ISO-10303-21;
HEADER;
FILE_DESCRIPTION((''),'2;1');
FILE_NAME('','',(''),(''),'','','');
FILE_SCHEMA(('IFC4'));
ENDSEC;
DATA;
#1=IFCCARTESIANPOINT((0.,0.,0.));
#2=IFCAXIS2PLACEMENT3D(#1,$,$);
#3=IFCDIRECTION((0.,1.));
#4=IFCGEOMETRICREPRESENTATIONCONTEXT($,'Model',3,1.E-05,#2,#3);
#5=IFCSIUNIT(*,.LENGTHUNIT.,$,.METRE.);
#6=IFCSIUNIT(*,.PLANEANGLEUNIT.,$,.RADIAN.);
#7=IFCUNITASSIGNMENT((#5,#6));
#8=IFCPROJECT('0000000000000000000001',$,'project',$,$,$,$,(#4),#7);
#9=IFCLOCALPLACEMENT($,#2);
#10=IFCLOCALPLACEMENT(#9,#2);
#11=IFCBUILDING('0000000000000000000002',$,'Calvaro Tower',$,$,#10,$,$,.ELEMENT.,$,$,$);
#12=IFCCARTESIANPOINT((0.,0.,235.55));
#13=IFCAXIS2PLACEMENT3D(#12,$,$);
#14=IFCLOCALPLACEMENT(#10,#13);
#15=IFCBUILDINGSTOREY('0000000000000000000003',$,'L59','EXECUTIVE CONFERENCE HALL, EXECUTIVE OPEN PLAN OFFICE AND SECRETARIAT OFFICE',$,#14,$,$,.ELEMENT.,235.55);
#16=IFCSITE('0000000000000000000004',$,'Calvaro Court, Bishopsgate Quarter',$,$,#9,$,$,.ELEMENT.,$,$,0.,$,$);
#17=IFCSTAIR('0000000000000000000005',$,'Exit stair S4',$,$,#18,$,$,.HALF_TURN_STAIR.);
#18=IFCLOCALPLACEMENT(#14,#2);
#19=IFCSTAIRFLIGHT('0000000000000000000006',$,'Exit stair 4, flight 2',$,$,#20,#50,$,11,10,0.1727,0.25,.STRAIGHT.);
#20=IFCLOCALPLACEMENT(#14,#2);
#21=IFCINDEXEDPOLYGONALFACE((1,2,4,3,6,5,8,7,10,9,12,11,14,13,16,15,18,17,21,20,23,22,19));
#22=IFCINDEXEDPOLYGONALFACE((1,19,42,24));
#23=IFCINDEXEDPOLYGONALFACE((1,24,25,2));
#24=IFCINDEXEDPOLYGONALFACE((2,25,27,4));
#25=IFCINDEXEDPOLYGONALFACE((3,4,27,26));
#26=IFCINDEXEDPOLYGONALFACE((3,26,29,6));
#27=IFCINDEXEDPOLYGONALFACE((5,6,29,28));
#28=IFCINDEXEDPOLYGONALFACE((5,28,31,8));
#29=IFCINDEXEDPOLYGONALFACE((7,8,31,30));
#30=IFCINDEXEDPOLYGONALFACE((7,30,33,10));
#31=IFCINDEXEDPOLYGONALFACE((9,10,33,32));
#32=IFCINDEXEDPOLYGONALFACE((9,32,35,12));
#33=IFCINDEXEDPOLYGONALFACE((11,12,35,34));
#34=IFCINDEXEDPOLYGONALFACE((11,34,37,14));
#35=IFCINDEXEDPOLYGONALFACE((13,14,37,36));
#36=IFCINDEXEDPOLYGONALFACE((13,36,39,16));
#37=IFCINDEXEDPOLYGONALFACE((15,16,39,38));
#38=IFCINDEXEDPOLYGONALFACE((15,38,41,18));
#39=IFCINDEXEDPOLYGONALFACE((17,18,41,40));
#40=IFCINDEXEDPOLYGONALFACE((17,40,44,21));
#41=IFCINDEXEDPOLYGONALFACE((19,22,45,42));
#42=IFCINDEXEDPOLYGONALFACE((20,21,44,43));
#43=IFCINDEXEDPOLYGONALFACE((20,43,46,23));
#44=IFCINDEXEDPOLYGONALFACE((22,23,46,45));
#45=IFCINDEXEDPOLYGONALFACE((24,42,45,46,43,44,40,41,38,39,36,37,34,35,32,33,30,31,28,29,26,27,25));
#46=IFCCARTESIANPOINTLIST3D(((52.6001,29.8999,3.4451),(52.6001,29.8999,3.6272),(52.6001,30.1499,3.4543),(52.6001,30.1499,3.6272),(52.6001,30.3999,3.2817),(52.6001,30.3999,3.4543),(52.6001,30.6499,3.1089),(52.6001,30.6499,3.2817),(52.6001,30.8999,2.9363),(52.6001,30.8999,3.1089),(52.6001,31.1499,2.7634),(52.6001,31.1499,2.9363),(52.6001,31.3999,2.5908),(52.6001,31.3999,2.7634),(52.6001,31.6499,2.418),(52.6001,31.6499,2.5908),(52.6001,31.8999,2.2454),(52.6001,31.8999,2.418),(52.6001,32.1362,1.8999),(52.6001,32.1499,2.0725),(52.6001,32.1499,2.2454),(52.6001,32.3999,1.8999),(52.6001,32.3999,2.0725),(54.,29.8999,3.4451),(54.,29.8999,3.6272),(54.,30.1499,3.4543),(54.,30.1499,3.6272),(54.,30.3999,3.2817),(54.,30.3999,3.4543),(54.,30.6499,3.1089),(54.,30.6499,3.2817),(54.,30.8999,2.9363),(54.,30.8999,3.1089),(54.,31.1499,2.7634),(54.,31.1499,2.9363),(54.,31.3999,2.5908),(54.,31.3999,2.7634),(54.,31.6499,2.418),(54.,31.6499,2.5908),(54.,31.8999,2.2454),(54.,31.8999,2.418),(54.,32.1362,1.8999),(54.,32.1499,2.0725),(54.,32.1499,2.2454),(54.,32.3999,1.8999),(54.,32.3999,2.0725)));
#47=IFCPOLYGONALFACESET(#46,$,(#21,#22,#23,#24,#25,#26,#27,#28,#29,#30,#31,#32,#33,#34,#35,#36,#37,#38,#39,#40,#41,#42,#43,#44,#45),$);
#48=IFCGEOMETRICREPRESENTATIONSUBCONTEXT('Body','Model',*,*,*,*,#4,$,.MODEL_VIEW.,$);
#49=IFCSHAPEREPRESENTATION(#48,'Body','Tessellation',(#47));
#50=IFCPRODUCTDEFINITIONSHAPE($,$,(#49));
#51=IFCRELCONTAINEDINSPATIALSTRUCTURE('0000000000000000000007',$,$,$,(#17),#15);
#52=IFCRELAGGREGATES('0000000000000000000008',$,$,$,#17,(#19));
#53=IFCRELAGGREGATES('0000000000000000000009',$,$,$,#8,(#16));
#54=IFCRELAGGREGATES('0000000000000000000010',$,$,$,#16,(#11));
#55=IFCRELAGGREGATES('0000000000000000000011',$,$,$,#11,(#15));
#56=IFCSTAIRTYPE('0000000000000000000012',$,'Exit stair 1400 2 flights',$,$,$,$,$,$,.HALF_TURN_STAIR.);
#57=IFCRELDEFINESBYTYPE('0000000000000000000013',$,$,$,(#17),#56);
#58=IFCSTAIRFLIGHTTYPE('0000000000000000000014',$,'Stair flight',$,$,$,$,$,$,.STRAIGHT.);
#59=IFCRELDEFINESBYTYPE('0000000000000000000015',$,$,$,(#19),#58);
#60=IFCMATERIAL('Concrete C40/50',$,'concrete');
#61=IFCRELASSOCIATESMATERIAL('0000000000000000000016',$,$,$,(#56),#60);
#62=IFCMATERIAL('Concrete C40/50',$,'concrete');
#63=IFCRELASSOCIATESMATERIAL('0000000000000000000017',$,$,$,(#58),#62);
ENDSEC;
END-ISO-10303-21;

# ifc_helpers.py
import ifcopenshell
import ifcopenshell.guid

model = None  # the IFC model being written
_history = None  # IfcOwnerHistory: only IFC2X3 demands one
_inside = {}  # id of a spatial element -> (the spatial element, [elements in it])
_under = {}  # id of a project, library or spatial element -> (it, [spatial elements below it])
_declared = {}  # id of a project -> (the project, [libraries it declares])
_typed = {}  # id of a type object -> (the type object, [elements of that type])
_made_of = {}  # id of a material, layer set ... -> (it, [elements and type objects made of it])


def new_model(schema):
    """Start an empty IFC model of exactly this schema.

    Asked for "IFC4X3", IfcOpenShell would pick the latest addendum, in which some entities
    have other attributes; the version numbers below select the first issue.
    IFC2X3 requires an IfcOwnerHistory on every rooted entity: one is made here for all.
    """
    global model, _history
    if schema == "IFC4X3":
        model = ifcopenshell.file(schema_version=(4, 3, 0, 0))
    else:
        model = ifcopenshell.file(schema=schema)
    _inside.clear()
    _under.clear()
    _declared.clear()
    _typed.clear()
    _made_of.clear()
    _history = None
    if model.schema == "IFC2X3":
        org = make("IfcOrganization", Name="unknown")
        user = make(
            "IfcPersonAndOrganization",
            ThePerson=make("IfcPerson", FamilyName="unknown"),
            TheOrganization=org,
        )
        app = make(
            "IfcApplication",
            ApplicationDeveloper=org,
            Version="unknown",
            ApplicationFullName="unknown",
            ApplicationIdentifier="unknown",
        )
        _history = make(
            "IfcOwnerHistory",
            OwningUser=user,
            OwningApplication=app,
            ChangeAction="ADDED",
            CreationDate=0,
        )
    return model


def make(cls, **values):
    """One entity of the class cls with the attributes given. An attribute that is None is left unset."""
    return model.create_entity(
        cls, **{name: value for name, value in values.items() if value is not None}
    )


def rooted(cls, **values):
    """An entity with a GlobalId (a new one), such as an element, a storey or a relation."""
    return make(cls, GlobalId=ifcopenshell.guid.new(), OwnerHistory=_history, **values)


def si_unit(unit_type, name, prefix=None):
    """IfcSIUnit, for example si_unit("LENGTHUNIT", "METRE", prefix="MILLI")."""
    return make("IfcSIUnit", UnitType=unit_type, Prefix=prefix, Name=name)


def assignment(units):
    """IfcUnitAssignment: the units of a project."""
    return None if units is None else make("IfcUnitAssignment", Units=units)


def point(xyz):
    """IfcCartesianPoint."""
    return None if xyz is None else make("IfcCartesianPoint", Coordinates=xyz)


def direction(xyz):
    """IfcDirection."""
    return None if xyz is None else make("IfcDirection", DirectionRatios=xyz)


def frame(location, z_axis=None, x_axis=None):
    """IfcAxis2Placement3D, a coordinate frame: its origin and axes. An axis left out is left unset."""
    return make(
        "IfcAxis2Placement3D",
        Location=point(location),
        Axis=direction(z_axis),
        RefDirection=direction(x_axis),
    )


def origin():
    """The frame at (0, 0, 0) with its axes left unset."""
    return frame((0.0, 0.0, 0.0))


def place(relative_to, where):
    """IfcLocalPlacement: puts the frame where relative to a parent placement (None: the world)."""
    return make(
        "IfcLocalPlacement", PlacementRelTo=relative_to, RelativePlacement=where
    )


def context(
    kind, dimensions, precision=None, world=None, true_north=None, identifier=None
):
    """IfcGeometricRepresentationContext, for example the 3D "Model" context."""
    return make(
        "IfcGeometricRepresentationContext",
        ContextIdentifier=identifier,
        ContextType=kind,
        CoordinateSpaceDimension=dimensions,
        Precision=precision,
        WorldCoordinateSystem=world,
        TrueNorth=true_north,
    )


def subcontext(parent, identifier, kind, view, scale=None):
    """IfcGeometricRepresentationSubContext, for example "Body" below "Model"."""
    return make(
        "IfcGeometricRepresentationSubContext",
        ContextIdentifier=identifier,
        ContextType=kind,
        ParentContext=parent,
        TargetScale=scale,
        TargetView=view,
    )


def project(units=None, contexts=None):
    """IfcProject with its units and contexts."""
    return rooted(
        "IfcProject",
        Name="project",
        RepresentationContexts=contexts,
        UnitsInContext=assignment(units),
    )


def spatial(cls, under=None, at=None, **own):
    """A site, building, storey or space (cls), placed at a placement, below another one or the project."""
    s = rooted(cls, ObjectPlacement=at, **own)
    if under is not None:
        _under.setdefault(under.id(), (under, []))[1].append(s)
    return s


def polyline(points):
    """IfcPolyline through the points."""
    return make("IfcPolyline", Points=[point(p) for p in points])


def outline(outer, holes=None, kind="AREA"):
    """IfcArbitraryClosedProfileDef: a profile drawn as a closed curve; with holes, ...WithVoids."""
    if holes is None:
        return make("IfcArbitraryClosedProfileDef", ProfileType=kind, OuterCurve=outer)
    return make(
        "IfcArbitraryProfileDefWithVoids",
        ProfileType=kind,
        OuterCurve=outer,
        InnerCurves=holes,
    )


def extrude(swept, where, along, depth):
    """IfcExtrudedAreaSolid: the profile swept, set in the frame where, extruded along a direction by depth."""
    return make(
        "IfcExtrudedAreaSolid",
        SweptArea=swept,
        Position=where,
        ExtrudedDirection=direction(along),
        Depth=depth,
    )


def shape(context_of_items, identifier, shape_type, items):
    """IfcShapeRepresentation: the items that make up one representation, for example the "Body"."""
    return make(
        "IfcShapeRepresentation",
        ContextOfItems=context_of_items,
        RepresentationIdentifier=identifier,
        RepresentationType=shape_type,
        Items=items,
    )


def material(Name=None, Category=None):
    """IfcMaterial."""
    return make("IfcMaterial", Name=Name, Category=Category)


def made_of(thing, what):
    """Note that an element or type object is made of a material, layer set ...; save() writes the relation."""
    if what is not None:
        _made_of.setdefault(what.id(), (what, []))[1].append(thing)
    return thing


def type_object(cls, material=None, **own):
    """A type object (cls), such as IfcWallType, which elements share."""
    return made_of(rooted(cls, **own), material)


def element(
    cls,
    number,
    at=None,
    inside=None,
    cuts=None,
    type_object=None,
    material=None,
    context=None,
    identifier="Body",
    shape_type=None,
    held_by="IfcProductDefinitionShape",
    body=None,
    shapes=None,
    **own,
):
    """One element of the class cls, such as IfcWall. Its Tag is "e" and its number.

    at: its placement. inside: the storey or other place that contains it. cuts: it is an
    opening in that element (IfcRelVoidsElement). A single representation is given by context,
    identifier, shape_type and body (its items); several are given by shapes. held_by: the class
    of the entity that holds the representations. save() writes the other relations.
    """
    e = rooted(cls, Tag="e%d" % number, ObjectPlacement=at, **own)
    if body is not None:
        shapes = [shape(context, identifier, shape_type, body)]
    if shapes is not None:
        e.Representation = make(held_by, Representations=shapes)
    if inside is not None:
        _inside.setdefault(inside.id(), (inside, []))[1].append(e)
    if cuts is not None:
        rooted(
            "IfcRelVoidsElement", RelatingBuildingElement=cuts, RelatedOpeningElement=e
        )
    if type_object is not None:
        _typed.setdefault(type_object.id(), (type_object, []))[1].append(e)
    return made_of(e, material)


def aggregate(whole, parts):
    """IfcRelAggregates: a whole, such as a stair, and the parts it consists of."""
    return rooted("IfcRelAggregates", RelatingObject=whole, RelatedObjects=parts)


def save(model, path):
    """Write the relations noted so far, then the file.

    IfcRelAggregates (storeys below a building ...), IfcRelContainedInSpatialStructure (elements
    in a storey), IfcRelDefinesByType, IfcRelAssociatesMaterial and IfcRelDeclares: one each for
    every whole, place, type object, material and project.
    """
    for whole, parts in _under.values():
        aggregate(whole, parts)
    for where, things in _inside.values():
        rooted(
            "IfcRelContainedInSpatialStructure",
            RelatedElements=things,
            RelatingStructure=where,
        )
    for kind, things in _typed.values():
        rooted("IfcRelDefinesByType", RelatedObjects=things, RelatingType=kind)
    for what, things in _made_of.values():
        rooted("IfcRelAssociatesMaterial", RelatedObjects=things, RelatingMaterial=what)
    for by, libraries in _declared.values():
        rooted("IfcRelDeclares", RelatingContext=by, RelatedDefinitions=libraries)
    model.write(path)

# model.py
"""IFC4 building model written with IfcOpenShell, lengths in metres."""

from ifc_helpers import new_model, si_unit, direction, frame, origin, place, context, subcontext, project, spatial, polyline, outline, extrude, material, type_object, element, aggregate, save


model = new_model("IFC4")

# Units and contexts
model_context = context("Model", 3, precision=1e-05, world=origin(), true_north=direction((0.0, 1.0)))
body_context = subcontext(model_context, "Body", "Model", "MODEL_VIEW")
ifc_project = project(units=[si_unit("LENGTHUNIT", "METRE"), si_unit("PLANEANGLEUNIT", "RADIAN")], contexts=[model_context])

# Site, building, storey
site_placement = place(None, origin())
site = spatial("IfcSite", under=ifc_project, at=site_placement, Name="Calvaro Court, Bishopsgate Quarter", CompositionType="ELEMENT", RefElevation=0.0)
building_placement = place(site_placement, origin())
building = spatial("IfcBuilding", under=site, at=building_placement, Name="Calvaro Tower", CompositionType="ELEMENT")
storey_placement = place(building_placement, frame((0.0, 0.0, 235.55)))
storey = spatial("IfcBuildingStorey", under=building, at=storey_placement, Name="L59", Description="EXECUTIVE CONFERENCE HALL, EXECUTIVE OPEN PLAN OFFICE AND SECRETARIAT OFFICE", CompositionType="ELEMENT", Elevation=235.55)

# Stair, stair flight
ifc_material_1 = material(Name="Concrete C40/50", Category="concrete")
stair_type = type_object("IfcStairType", Name="Exit stair 1400 2 flights", PredefinedType="HALF_TURN_STAIR", material=ifc_material_1)
stair_placement = place(storey_placement, origin())
stair = element("IfcStair", 1, at=stair_placement, inside=storey, type_object=stair_type, Name="Exit stair S4", PredefinedType="HALF_TURN_STAIR")
ifc_material_2 = material(Name="Concrete C40/50", Category="concrete")
stair_flight_type = type_object("IfcStairFlightType", Name="Stair flight", PredefinedType="STRAIGHT", material=ifc_material_2)
stair_flight_placement = place(storey_placement, frame((53.3, 32.3999, 1.8999), z_axis=(0.0, 0.0, 1.0), x_axis=(0.0, -1.0, 0.0)))
stair_flight = element("IfcStairFlight", 2, at=stair_flight_placement, type_object=stair_flight_type, Name="Exit stair 4, flight 2", NumberOfRisers=11, NumberOfTreads=10, PredefinedType="STRAIGHT", RiserHeight=0.1727, TreadLength=0.25, context=body_context, shape_type="SweptSolid", body=[
    extrude(outline(polyline([(0.0, 0.0), (0.0, 0.1726), (0.25, 0.1726), (0.25, 0.3455), (0.5, 0.3455), (0.5, 0.5181), (0.75, 0.5181), (0.75, 0.6909), (1.0, 0.6909), (1.0, 0.8635), (1.25, 0.8635), (1.25, 1.0364), (1.5, 1.0364), (1.5, 1.209), (1.75, 1.209), (1.75, 1.3818), (2.0, 1.3818), (2.0, 1.5544), (2.25, 1.5544), (2.25, 1.7273), (2.5, 1.7273), (2.5, 1.8999), (2.5, 1.5452), (0.2637, 0.0), (0.0, 0.0)])), frame((0.0, 0.7, 0.0), z_axis=(0.0, -1.0, 0.0), x_axis=(1.0, 0.0, 0.0)), (0.0, 0.0, 1.0), 1.3999),
])
aggregate(stair, [stair_flight])

save(model, "model.ifc")
